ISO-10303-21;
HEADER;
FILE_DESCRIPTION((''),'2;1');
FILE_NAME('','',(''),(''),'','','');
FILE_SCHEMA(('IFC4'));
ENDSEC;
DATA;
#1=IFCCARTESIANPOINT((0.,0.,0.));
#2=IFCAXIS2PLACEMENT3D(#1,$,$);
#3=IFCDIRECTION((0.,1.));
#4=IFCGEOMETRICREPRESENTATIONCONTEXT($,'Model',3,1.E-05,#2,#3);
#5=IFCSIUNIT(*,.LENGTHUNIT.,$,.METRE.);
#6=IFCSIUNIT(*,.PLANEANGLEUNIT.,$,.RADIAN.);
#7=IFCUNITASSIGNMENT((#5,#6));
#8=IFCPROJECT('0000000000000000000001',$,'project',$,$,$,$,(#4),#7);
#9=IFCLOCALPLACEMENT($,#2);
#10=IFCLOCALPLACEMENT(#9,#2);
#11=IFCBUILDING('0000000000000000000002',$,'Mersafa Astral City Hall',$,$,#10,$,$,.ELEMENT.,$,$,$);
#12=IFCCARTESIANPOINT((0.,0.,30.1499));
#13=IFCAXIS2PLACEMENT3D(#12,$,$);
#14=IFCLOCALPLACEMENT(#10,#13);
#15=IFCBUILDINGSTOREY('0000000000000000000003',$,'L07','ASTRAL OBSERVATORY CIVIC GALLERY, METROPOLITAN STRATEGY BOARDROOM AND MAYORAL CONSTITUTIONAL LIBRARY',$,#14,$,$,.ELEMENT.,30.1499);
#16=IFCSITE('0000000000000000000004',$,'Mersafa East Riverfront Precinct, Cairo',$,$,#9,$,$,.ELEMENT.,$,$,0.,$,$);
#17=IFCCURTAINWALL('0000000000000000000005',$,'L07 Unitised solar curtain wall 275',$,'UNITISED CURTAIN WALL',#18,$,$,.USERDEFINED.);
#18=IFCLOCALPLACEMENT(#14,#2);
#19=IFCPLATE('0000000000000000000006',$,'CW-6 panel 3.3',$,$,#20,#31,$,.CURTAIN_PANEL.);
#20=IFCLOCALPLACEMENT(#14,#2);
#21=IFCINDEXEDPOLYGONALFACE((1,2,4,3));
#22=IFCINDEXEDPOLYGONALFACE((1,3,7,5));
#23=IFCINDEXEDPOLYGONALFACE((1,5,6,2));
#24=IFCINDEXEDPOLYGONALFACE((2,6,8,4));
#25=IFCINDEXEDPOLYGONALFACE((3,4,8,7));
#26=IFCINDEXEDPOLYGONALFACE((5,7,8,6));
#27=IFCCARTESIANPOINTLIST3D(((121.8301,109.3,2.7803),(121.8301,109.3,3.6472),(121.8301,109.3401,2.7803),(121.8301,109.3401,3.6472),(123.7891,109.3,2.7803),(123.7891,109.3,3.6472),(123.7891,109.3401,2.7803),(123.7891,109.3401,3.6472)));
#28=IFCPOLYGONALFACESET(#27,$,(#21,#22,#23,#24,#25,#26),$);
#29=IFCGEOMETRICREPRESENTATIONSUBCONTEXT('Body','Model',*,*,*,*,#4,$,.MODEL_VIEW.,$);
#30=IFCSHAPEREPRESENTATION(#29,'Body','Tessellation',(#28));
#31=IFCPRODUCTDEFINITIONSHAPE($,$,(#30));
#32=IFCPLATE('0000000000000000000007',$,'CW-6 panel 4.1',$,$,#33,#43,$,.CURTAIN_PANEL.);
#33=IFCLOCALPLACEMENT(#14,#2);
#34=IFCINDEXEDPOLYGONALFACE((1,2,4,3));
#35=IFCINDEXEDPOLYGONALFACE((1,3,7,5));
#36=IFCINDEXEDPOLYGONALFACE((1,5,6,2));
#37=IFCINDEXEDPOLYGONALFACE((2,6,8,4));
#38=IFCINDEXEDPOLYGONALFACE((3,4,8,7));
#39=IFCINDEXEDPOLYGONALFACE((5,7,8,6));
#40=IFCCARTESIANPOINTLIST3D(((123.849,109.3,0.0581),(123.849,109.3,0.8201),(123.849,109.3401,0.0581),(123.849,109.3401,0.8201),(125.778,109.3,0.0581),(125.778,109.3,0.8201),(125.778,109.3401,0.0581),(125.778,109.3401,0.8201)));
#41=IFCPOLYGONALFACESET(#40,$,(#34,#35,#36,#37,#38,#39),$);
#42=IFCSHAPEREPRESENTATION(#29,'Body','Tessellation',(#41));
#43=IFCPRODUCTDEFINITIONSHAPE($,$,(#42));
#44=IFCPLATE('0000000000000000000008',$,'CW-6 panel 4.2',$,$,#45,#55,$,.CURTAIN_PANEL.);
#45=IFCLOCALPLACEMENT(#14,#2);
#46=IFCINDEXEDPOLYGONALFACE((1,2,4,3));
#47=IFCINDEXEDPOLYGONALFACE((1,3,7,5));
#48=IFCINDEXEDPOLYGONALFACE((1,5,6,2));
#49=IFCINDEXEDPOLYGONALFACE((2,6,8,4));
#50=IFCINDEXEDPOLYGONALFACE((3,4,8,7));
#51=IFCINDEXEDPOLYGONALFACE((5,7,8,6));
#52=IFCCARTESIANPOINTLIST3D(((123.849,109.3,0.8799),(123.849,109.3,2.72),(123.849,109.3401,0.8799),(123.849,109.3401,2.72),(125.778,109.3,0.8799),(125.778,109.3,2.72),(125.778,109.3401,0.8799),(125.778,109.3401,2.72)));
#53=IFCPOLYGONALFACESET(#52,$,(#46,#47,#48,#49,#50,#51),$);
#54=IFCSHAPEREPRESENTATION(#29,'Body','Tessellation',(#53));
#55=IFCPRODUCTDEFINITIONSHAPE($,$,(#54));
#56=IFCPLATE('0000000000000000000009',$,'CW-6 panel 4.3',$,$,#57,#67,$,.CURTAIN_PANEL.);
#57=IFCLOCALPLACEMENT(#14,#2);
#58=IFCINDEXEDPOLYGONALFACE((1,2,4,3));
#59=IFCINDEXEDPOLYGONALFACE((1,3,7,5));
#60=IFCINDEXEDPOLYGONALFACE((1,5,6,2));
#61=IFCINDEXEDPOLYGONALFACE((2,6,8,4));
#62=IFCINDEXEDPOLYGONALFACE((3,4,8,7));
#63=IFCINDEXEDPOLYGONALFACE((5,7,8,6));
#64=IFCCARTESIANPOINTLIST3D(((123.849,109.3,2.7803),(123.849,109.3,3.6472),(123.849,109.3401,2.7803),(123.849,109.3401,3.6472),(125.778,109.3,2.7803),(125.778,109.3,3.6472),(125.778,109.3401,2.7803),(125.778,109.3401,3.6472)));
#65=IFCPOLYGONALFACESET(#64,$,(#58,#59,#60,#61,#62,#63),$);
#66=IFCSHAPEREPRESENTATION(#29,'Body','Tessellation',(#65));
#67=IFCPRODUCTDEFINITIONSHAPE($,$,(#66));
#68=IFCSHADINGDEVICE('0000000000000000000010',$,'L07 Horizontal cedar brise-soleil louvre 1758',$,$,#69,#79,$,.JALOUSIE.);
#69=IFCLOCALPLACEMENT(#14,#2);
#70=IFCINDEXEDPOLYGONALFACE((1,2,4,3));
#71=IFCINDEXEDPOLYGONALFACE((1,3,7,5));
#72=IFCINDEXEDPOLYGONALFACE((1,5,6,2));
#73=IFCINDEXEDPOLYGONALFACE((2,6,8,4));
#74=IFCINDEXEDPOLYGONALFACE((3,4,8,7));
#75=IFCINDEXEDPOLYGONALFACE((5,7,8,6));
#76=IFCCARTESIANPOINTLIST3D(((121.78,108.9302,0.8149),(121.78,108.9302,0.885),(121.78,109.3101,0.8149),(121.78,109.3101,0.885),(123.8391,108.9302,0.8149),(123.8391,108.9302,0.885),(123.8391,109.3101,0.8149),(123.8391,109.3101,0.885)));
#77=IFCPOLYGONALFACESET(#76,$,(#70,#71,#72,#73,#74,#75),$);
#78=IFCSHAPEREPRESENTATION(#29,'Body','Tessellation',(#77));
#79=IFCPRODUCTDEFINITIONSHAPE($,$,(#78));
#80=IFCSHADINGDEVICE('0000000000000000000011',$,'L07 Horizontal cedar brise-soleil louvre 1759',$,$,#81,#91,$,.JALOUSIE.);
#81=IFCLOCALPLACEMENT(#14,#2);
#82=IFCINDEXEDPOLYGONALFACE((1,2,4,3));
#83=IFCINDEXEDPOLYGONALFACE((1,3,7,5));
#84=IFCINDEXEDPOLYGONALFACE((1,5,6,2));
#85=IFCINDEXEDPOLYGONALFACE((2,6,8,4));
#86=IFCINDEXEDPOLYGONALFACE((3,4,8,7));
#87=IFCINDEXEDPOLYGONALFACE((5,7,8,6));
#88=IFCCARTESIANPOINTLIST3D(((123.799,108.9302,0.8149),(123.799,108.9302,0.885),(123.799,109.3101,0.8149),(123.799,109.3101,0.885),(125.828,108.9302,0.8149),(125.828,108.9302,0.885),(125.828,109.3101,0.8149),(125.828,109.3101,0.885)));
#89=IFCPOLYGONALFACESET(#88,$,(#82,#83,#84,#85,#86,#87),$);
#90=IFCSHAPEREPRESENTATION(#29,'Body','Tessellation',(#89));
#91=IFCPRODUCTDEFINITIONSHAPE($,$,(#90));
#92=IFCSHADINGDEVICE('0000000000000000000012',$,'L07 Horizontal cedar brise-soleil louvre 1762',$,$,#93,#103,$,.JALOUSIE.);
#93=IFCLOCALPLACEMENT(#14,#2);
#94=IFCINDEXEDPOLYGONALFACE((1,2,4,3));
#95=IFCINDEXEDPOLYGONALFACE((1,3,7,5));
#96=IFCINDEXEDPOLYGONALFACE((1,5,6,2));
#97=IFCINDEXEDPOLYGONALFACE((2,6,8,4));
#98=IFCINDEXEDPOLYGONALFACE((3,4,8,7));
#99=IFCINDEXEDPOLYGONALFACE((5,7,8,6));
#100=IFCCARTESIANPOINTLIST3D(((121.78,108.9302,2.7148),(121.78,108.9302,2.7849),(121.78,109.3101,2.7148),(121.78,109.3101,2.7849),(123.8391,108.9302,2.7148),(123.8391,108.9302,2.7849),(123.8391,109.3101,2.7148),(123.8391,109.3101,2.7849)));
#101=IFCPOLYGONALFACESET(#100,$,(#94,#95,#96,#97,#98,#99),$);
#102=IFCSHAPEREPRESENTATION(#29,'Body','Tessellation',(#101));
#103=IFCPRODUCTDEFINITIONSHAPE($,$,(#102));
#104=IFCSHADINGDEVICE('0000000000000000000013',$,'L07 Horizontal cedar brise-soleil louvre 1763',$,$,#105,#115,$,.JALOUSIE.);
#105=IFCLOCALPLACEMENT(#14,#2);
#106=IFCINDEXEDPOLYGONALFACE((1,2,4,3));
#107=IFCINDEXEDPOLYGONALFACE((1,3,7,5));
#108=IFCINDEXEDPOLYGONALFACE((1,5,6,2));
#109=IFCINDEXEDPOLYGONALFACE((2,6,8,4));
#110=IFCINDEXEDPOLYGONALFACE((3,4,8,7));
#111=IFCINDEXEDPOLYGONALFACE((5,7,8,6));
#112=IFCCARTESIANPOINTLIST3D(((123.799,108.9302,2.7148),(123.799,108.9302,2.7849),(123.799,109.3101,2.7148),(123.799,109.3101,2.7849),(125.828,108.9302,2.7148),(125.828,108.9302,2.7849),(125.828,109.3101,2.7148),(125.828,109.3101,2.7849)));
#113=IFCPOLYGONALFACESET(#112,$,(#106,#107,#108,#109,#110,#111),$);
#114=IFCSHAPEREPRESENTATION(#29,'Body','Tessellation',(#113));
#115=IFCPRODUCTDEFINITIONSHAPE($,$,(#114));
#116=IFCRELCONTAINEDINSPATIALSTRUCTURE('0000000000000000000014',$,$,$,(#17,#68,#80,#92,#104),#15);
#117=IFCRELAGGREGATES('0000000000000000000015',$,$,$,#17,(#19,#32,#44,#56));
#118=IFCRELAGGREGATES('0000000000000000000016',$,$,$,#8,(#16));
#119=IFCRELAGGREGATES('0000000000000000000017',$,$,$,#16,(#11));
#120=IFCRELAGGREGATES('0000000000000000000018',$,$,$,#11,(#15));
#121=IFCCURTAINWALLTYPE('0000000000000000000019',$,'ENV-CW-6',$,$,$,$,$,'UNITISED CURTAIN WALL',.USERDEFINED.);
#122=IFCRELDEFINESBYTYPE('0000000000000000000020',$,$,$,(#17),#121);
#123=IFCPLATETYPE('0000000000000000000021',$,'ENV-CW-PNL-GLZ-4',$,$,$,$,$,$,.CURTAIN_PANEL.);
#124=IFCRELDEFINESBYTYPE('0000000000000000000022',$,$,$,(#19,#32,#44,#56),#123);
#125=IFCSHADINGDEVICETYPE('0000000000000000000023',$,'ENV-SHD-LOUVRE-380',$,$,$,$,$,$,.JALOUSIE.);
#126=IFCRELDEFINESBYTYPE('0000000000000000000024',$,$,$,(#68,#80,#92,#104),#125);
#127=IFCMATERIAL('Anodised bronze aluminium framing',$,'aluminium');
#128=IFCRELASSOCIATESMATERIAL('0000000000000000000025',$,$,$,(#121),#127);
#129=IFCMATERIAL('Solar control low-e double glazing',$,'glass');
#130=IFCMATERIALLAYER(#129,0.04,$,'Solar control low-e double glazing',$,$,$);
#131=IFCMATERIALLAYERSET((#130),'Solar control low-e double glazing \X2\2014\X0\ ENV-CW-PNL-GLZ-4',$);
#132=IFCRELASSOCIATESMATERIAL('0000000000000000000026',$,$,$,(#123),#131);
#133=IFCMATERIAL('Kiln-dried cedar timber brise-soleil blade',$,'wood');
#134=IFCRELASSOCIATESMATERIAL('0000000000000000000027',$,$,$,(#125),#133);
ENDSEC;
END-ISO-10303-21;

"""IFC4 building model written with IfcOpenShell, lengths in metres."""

from ifc_helpers import new_model, si_unit, direction, frame, origin, origin_2d, place, context, subcontext, project, spatial, rectangle, extrude, material, layer, layer_set, type_object, element, aggregate, save


model = new_model("IFC4")

# Units and contexts
model_context = context("Model", 3, precision=1e-05, world=origin(), true_north=direction((0.0, 1.0)))
body_context = subcontext(model_context, "Body", "Model", "MODEL_VIEW")
ifc_project = project(units=[si_unit("LENGTHUNIT", "METRE"), si_unit("PLANEANGLEUNIT", "RADIAN")], contexts=[model_context])

# Site, building, storey
site_placement = place(None, origin())
site = spatial("IfcSite", under=ifc_project, at=site_placement, Name="Mersafa East Riverfront Precinct, Cairo", CompositionType="ELEMENT", RefElevation=0.0)
building_placement = place(site_placement, origin())
building = spatial("IfcBuilding", under=site, at=building_placement, Name="Mersafa Astral City Hall", CompositionType="ELEMENT")
storey_placement = place(building_placement, frame((0.0, 0.0, 30.1499)))
storey = spatial("IfcBuildingStorey", under=building, at=storey_placement, Name="L07", Description="ASTRAL OBSERVATORY CIVIC GALLERY, METROPOLITAN STRATEGY BOARDROOM AND MAYORAL CONSTITUTIONAL LIBRARY", CompositionType="ELEMENT", Elevation=30.1499)

# Curtain wall
ifc_material_1 = material(Name="Anodised bronze aluminium framing", Category="aluminium")
curtain_wall_type_1 = type_object("IfcCurtainWallType", Name="ENV-CW-6", ElementType="UNITISED CURTAIN WALL", PredefinedType="USERDEFINED", material=ifc_material_1)
curtain_wall_1_placement = place(storey_placement, origin())
curtain_wall_1 = element("IfcCurtainWall", 1, at=curtain_wall_1_placement, inside=storey, type_object=curtain_wall_type_1, Name="L07 Unitised solar curtain wall 275", ObjectType="UNITISED CURTAIN WALL", PredefinedType="USERDEFINED")

# Plates
ifc_material_2 = material(Name="Solar control low-e double glazing", Category="glass")
ifc_layer = layer(ifc_material_2, 0.04, Name="Solar control low-e double glazing")
ifc_layer_set = layer_set([ifc_layer], Name="Solar control low-e double glazing — ENV-CW-PNL-GLZ-4")
plate_type = type_object("IfcPlateType", Name="ENV-CW-PNL-GLZ-4", PredefinedType="CURTAIN_PANEL", material=ifc_layer_set)
plate_1_placement = place(storey_placement, frame((122.8096, 109.3201, 2.7803), z_axis=(0.0, 0.0, 1.0), x_axis=(1.0, 0.0, 0.0)))
plate_1 = element("IfcPlate", 2, at=plate_1_placement, type_object=plate_type, Name="CW-6 panel 3.3", PredefinedType="CURTAIN_PANEL", context=body_context, shape_type="SweptSolid", body=[
    extrude(rectangle(XDim=1.959, YDim=0.04, at=origin_2d()), origin(), (0.0, 0.0, 1.0), 0.8669),
])
plate_2_placement = place(storey_placement, frame((124.8135, 109.3201, 0.0581), z_axis=(0.0, 0.0, 1.0), x_axis=(1.0, 0.0, 0.0)))
plate_2 = element("IfcPlate", 3, at=plate_2_placement, type_object=plate_type, Name="CW-6 panel 4.1", PredefinedType="CURTAIN_PANEL", context=body_context, shape_type="SweptSolid", body=[
    extrude(rectangle(XDim=1.929, YDim=0.04, at=origin_2d()), origin(), (0.0, 0.0, 1.0), 0.762),
])
plate_3_placement = place(storey_placement, frame((124.8135, 109.3201, 0.8799), z_axis=(0.0, 0.0, 1.0), x_axis=(1.0, 0.0, 0.0)))
plate_3 = element("IfcPlate", 4, at=plate_3_placement, type_object=plate_type, Name="CW-6 panel 4.2", PredefinedType="CURTAIN_PANEL", context=body_context, shape_type="SweptSolid", body=[
    extrude(rectangle(XDim=1.929, YDim=0.04, at=origin_2d()), origin(), (0.0, 0.0, 1.0), 1.8401),
])
plate_4_placement = place(storey_placement, frame((124.8135, 109.3201, 2.7803), z_axis=(0.0, 0.0, 1.0), x_axis=(1.0, 0.0, 0.0)))
plate_4 = element("IfcPlate", 5, at=plate_4_placement, type_object=plate_type, Name="CW-6 panel 4.3", PredefinedType="CURTAIN_PANEL", context=body_context, shape_type="SweptSolid", body=[
    extrude(rectangle(XDim=1.929, YDim=0.04, at=origin_2d()), origin(), (0.0, 0.0, 1.0), 0.8669),
])
aggregate(curtain_wall_1, [plate_1, plate_2, plate_3, plate_4])

# Shading devices
ifc_material_3 = material(Name="Kiln-dried cedar timber brise-soleil blade", Category="wood")
shading_device_type = type_object("IfcShadingDeviceType", Name="ENV-SHD-LOUVRE-380", PredefinedType="JALOUSIE", material=ifc_material_3)
shading_device_1_placement = place(storey_placement, frame((122.8096, 109.1201, 0.8149), z_axis=(0.0, 0.0, 1.0), x_axis=(1.0, 0.0, 0.0)))
element("IfcShadingDevice", 6, at=shading_device_1_placement, inside=storey, type_object=shading_device_type, Name="L07 Horizontal cedar brise-soleil louvre 1758", PredefinedType="JALOUSIE", context=body_context, shape_type="SweptSolid", body=[
    extrude(rectangle(XDim=2.0591, YDim=0.3799, at=origin_2d()), origin(), (0.0, 0.0, 1.0), 0.0701),
])
shading_device_2_placement = place(storey_placement, frame((124.8135, 109.1201, 0.8149), z_axis=(0.0, 0.0, 1.0), x_axis=(1.0, 0.0, 0.0)))
element("IfcShadingDevice", 7, at=shading_device_2_placement, inside=storey, type_object=shading_device_type, Name="L07 Horizontal cedar brise-soleil louvre 1759", PredefinedType="JALOUSIE", context=body_context, shape_type="SweptSolid", body=[
    extrude(rectangle(XDim=2.0291, YDim=0.3799, at=origin_2d()), origin(), (0.0, 0.0, 1.0), 0.0701),
])
shading_device_3_placement = place(storey_placement, frame((122.8096, 109.1201, 2.7148), z_axis=(0.0, 0.0, 1.0), x_axis=(1.0, 0.0, 0.0)))
element("IfcShadingDevice", 8, at=shading_device_3_placement, inside=storey, type_object=shading_device_type, Name="L07 Horizontal cedar brise-soleil louvre 1762", PredefinedType="JALOUSIE", context=body_context, shape_type="SweptSolid", body=[
    extrude(rectangle(XDim=2.0591, YDim=0.3799, at=origin_2d()), origin(), (0.0, 0.0, 1.0), 0.0701),
])
shading_device_4_placement = place(storey_placement, frame((124.8135, 109.1201, 2.7148), z_axis=(0.0, 0.0, 1.0), x_axis=(1.0, 0.0, 0.0)))
element("IfcShadingDevice", 9, at=shading_device_4_placement, inside=storey, type_object=shading_device_type, Name="L07 Horizontal cedar brise-soleil louvre 1763", PredefinedType="JALOUSIE", context=body_context, shape_type="SweptSolid", body=[
    extrude(rectangle(XDim=2.0291, YDim=0.3799, at=origin_2d()), origin(), (0.0, 0.0, 1.0), 0.0701),
])

save(model, "model.ifc")
